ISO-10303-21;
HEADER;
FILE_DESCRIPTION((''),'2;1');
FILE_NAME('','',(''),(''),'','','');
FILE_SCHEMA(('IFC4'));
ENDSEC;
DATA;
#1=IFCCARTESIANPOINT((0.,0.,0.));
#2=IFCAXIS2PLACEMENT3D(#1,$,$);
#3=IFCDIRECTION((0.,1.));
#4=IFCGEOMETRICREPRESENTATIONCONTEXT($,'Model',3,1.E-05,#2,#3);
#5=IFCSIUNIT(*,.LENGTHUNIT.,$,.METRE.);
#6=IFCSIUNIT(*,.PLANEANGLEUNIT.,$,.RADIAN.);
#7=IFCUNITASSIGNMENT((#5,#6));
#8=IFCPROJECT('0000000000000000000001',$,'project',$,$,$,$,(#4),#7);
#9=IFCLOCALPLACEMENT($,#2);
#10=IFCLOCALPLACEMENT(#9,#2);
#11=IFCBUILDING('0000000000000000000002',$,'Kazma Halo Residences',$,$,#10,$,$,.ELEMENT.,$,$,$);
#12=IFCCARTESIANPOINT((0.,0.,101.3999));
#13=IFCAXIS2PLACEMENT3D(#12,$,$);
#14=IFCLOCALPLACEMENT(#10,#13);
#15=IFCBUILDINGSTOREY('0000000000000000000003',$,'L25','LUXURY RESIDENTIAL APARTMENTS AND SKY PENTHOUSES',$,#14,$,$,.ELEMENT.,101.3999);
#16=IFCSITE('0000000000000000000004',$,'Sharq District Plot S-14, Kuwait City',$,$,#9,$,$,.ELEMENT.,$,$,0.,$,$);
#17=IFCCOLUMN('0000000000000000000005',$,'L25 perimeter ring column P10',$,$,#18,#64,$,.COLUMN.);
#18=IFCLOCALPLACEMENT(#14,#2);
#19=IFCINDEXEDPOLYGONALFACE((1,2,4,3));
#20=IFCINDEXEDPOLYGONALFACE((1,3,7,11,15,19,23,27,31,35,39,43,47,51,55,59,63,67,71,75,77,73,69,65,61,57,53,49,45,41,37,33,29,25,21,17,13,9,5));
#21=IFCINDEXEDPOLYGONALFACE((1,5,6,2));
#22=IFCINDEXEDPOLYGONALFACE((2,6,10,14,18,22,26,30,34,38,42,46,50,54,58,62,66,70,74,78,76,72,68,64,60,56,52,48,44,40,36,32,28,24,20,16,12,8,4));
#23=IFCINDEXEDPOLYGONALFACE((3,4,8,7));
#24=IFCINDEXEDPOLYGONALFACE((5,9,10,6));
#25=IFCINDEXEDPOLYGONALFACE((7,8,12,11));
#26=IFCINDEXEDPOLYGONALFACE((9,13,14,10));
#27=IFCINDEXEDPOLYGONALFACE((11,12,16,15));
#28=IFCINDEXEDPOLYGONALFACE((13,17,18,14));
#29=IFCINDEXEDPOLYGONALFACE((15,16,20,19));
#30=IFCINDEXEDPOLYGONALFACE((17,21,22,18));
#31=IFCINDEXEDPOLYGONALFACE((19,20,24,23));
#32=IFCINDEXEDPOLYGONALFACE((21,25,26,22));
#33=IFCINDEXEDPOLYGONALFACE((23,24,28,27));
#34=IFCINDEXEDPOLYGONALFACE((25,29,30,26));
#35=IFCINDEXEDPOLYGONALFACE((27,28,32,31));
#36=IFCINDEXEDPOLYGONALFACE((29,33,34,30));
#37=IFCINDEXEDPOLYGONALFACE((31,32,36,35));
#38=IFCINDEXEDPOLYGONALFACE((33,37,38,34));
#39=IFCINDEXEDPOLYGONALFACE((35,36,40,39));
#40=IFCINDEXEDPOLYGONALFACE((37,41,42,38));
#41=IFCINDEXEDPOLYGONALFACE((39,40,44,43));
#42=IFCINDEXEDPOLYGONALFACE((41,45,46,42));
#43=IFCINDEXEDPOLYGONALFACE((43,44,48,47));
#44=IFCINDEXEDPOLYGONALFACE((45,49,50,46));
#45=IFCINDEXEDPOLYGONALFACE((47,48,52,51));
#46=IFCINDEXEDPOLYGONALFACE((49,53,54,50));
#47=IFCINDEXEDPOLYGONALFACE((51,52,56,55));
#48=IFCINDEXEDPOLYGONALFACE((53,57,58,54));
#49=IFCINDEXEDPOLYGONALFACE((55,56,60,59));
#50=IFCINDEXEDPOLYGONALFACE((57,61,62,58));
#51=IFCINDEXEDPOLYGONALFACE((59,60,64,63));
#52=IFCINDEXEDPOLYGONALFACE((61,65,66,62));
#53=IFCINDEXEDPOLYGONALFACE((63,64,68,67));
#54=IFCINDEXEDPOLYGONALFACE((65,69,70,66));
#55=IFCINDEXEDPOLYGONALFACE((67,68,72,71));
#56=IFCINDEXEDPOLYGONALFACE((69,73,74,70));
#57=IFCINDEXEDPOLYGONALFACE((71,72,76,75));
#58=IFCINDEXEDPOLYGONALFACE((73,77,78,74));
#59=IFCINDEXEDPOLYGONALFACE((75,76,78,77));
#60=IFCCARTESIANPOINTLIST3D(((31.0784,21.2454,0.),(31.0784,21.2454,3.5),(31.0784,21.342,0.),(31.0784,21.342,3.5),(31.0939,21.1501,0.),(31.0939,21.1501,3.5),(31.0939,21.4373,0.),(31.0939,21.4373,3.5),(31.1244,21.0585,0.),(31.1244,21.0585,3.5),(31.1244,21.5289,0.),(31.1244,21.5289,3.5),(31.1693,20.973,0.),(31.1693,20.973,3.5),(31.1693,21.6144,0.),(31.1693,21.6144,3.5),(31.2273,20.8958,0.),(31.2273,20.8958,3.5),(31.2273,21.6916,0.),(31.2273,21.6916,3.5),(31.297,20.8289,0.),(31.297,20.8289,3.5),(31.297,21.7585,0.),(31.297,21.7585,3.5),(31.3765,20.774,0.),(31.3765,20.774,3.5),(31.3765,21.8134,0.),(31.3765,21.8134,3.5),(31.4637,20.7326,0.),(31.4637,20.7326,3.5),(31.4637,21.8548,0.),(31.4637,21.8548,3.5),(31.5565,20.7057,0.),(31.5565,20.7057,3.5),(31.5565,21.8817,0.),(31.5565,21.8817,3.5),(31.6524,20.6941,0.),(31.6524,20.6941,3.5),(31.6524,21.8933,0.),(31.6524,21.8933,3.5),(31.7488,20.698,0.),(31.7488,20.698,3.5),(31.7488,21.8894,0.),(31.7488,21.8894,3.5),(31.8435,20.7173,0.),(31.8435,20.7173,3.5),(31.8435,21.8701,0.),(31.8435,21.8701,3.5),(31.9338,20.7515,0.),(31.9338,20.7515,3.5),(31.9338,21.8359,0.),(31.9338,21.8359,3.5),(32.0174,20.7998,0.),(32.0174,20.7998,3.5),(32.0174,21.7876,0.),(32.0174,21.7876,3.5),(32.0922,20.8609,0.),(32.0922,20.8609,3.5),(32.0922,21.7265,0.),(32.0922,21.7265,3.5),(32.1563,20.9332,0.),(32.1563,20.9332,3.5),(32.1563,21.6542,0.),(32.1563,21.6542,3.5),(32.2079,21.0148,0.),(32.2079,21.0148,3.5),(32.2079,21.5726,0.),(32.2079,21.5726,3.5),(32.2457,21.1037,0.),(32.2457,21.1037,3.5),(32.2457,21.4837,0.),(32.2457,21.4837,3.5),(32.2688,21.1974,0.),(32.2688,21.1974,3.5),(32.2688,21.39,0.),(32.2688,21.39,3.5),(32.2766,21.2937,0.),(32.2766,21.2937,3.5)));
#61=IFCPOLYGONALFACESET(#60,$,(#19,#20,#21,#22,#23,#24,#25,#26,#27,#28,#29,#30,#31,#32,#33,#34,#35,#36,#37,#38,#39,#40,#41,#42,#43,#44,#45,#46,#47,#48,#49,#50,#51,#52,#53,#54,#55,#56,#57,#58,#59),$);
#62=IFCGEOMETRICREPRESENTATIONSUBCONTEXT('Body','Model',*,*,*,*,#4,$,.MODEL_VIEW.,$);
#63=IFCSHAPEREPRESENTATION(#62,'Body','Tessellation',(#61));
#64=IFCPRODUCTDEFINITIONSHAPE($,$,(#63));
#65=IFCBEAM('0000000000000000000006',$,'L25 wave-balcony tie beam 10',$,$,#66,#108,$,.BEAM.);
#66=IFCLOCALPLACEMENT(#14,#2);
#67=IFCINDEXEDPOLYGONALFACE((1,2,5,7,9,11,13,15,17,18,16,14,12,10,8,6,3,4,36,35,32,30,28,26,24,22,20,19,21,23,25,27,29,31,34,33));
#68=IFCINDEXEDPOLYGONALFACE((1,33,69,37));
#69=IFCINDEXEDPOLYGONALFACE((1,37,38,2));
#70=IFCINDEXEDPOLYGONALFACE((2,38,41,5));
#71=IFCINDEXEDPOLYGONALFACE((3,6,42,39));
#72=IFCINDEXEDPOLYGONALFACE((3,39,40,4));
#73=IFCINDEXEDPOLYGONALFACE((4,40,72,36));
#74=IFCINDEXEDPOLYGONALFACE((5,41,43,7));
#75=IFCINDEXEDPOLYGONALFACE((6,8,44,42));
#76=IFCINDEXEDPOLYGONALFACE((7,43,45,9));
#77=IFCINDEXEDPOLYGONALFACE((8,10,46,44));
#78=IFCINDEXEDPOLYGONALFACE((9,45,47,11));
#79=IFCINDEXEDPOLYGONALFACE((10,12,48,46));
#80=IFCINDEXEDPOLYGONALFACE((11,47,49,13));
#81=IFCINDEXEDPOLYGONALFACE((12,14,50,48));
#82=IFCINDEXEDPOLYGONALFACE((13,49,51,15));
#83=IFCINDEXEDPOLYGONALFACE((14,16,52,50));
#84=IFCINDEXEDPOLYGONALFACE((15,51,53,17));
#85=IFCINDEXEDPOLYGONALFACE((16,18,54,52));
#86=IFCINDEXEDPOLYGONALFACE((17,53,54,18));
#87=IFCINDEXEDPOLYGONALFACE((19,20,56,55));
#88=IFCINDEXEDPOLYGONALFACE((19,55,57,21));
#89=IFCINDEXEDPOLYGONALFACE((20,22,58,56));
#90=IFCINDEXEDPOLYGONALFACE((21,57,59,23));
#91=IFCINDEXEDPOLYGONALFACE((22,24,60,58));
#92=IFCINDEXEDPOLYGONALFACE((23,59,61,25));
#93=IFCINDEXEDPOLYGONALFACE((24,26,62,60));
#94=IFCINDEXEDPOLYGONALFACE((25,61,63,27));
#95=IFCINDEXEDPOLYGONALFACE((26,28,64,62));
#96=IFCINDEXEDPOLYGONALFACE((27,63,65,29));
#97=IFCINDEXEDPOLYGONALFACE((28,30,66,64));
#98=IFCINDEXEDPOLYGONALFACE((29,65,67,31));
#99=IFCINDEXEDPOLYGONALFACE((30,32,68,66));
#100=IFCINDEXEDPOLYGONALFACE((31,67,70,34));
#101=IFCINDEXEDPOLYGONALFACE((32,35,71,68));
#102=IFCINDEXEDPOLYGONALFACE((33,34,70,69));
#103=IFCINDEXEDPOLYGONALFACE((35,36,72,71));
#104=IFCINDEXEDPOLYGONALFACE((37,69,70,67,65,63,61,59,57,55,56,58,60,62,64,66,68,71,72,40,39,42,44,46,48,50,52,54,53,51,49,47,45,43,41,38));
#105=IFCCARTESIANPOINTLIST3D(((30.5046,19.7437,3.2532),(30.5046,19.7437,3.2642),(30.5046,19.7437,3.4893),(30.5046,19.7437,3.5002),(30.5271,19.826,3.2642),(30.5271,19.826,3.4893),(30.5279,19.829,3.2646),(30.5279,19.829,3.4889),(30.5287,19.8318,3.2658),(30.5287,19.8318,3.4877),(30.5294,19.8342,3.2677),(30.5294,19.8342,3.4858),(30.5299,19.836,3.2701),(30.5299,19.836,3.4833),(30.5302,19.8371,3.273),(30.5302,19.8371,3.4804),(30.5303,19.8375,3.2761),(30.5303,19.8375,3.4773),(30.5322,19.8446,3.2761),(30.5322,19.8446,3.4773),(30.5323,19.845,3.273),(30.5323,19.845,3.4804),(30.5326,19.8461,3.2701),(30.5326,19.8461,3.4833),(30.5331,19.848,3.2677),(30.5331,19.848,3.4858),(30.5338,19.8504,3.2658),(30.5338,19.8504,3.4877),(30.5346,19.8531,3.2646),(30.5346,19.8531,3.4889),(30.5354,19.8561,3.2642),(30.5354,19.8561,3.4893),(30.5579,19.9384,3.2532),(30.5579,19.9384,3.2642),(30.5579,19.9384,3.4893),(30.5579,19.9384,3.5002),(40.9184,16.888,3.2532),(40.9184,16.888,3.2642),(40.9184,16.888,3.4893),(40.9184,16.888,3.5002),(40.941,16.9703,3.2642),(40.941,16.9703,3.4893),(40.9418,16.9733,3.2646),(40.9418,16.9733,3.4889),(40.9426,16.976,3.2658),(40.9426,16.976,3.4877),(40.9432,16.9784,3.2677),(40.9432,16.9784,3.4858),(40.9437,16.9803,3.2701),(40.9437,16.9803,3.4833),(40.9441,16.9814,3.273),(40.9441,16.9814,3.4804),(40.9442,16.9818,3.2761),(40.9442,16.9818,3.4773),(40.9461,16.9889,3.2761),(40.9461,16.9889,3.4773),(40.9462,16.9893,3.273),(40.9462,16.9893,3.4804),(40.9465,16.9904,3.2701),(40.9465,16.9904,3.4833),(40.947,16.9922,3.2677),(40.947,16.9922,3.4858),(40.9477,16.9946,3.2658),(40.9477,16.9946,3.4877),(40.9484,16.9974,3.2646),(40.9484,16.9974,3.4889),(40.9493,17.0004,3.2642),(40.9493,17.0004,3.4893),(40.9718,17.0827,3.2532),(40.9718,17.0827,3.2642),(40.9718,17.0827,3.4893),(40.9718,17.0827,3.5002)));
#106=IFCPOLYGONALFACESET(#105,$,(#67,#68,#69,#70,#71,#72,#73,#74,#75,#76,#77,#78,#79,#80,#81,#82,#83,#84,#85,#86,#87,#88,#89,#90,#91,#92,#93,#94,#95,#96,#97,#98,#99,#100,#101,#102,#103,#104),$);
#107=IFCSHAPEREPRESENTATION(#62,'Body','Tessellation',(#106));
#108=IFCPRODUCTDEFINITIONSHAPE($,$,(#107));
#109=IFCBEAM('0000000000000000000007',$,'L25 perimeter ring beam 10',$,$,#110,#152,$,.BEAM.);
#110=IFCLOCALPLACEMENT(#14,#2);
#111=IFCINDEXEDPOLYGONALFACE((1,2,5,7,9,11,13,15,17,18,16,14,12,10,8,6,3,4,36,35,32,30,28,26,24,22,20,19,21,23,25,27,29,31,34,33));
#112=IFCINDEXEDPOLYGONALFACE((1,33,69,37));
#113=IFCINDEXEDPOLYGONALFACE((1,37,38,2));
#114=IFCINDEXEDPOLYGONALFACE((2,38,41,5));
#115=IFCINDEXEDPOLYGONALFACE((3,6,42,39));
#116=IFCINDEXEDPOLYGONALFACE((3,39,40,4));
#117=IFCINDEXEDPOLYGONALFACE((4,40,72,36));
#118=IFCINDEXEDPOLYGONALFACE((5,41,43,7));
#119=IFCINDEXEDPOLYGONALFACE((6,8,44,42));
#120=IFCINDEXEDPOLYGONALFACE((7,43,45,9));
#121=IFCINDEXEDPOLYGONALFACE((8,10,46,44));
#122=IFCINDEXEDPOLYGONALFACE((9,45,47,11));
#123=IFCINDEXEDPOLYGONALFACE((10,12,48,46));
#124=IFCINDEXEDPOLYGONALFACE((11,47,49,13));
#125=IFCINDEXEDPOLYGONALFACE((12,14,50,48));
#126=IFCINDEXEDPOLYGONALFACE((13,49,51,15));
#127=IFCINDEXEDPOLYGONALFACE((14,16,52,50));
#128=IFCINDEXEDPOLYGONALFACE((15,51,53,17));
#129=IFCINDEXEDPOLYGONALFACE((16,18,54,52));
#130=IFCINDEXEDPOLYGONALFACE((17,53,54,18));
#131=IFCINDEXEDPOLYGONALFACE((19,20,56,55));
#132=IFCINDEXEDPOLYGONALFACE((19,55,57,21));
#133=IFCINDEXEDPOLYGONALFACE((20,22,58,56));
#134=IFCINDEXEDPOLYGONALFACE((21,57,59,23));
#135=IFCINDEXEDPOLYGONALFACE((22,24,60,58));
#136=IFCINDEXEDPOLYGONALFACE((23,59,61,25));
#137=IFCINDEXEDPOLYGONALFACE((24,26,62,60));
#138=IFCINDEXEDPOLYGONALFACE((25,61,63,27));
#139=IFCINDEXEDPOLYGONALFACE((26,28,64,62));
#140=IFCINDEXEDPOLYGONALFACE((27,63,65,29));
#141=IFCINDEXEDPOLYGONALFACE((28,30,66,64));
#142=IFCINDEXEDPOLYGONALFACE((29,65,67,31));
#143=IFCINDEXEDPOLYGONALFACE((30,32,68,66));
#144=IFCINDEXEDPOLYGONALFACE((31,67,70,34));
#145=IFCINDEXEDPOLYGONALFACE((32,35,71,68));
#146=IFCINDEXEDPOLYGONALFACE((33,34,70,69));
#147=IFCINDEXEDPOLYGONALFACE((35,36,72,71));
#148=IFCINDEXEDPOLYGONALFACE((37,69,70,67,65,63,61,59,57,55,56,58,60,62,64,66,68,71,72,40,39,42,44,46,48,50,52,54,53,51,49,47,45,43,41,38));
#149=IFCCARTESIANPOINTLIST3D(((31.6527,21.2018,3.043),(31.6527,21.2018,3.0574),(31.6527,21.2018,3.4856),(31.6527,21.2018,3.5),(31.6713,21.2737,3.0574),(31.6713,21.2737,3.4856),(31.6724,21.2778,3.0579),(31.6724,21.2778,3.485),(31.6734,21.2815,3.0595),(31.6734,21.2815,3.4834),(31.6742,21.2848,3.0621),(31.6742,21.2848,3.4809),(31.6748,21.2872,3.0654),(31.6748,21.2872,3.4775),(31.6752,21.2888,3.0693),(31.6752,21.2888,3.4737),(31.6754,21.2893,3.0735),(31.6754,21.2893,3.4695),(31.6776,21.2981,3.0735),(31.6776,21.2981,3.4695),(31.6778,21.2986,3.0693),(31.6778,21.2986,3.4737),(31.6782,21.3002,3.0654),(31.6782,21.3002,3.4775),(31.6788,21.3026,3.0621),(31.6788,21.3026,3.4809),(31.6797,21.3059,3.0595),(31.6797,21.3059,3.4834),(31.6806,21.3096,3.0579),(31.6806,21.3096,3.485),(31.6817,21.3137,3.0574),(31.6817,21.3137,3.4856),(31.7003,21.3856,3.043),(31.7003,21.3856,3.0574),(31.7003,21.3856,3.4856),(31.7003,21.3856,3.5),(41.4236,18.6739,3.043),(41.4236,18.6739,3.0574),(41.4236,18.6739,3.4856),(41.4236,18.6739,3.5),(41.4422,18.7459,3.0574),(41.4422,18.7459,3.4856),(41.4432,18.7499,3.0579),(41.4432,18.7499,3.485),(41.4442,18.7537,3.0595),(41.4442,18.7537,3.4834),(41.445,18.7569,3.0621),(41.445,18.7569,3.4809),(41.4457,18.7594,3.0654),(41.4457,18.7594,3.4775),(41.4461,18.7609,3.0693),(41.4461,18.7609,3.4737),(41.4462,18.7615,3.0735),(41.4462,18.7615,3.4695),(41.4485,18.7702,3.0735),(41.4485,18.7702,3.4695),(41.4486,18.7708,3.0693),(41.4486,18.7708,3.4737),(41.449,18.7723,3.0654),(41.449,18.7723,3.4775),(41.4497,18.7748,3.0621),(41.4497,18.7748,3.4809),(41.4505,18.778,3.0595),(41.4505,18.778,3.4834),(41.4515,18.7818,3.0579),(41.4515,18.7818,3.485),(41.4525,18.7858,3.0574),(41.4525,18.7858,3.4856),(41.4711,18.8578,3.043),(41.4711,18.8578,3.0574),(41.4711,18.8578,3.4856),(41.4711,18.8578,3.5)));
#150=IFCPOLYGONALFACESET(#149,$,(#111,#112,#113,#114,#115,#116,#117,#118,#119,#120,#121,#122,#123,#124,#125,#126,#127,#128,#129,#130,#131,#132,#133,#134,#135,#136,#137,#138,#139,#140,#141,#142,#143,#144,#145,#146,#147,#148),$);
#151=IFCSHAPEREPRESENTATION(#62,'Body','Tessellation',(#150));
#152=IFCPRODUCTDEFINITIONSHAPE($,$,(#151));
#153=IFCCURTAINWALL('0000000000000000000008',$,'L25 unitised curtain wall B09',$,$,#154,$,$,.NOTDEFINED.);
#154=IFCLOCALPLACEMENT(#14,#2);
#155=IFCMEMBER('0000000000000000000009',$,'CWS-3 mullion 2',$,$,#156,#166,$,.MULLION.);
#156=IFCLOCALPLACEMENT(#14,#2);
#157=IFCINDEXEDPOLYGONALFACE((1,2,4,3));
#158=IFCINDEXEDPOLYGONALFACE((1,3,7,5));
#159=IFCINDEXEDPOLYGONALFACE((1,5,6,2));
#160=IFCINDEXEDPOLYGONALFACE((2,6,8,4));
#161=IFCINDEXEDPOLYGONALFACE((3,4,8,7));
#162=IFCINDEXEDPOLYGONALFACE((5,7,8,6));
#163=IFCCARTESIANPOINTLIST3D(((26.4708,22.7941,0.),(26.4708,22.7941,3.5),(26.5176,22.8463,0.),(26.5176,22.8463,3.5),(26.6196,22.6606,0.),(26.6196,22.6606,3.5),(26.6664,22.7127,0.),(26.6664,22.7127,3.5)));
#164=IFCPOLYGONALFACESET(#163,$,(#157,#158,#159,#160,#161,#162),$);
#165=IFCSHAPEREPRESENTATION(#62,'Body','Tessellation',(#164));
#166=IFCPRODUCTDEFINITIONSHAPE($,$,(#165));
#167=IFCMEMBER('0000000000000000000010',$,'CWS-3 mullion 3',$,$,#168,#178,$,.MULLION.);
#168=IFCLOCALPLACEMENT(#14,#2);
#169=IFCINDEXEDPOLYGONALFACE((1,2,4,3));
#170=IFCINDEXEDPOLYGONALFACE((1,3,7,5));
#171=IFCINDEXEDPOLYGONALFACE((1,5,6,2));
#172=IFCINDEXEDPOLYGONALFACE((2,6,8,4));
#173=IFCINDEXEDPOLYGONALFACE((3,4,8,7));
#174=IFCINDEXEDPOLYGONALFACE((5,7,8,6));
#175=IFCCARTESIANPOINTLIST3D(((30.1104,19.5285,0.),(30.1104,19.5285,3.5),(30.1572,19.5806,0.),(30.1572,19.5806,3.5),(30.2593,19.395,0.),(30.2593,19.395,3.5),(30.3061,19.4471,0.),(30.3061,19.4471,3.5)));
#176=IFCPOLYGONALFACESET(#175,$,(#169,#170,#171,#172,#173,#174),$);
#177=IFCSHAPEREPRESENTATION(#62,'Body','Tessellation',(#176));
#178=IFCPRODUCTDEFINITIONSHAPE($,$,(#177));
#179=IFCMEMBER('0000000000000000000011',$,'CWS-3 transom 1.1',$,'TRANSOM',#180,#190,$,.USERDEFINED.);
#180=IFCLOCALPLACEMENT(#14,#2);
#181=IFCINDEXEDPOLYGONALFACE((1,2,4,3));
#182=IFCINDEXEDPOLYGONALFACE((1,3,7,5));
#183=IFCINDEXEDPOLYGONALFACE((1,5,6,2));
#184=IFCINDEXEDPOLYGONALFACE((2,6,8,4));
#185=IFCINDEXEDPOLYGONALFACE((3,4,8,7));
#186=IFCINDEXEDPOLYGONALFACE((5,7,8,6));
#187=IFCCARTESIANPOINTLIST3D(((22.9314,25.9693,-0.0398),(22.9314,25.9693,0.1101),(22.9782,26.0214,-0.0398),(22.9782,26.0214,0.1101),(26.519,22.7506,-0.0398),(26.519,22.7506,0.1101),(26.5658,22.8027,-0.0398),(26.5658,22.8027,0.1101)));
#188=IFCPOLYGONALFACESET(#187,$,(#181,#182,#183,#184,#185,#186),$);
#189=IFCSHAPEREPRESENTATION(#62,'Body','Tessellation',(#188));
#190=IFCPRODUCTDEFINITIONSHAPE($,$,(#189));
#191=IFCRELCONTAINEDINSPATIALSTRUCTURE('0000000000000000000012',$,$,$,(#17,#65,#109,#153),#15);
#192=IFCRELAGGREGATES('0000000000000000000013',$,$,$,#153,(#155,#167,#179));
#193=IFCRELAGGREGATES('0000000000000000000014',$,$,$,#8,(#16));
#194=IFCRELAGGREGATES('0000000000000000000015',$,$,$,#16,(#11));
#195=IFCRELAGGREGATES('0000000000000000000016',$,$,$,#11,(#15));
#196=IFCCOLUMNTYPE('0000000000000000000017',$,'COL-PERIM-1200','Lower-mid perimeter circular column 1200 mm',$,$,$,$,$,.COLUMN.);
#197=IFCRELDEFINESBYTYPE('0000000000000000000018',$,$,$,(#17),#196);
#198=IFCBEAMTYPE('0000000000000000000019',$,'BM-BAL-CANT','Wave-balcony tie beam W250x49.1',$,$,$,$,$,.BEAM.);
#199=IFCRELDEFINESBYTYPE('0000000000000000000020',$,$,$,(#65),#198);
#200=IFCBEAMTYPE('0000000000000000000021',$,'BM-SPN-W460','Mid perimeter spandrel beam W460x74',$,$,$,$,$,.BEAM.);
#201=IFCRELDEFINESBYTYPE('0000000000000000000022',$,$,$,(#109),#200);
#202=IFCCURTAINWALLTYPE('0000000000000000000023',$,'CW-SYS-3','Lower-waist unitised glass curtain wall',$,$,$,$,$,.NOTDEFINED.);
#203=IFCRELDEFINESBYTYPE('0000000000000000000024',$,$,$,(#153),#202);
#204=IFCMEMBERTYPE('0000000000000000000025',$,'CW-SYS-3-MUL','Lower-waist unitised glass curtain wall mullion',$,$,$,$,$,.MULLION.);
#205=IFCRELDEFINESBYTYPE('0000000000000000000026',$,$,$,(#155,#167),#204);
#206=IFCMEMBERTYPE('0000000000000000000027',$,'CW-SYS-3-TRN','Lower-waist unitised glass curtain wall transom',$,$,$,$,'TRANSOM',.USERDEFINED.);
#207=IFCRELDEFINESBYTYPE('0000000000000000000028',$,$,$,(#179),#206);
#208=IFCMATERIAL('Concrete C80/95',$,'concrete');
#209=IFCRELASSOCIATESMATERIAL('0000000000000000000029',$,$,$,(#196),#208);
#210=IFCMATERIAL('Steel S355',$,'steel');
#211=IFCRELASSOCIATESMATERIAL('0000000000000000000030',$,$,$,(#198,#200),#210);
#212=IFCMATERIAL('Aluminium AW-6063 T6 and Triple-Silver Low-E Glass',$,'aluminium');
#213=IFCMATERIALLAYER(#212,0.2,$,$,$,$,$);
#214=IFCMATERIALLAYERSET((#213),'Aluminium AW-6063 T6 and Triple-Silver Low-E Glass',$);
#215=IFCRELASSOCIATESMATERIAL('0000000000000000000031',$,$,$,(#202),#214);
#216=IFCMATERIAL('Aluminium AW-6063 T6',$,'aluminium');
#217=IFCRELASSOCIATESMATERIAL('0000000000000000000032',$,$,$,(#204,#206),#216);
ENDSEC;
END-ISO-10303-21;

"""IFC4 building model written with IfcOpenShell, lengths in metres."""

from ifc_helpers import new_model, si_unit, direction, frame, origin, origin_2d, place, context, subcontext, project, spatial, rectangle, circle, i_section, extrude, material, layer, layer_set, material_profile, profile_set, type_object, element, aggregate, save


model = new_model("IFC4")

# Units and contexts
model_context = context("Model", 3, precision=1e-05, world=origin(), true_north=direction((0.0, 1.0)))
body_context = subcontext(model_context, "Body", "Model", "MODEL_VIEW")
ifc_project = project(units=[si_unit("LENGTHUNIT", "METRE"), si_unit("PLANEANGLEUNIT", "RADIAN")], contexts=[model_context])

# Site, building, storey
site_placement = place(None, origin())
site = spatial("IfcSite", under=ifc_project, at=site_placement, Name="Sharq District Plot S-14, Kuwait City", CompositionType="ELEMENT", RefElevation=0.0)
building_placement = place(site_placement, origin())
building = spatial("IfcBuilding", under=site, at=building_placement, Name="Kazma Halo Residences", CompositionType="ELEMENT")
storey_placement = place(building_placement, frame((0.0, 0.0, 101.3999)))
storey = spatial("IfcBuildingStorey", under=building, at=storey_placement, Name="L25", Description="LUXURY RESIDENTIAL APARTMENTS AND SKY PENTHOUSES", CompositionType="ELEMENT", Elevation=101.3999)

# Column
ifc_material_1 = material(Name="Concrete C80/95", Category="concrete")
ifc_material_profile_1 = material_profile(ifc_material_1, circle(Radius=0.6001, at=origin_2d()), Name="CIRC1200")
ifc_profile_set_1 = profile_set([ifc_material_profile_1], Name="Concrete C80/95")
column_type = type_object("IfcColumnType", Name="COL-PERIM-1200", Description="Lower-mid perimeter circular column 1200 mm", PredefinedType="COLUMN", material=ifc_profile_set_1)
column_placement = place(storey_placement, frame((31.6765, 21.2937, 0.0), z_axis=(0.0, 0.0, 1.0), x_axis=(1.0, 0.0, 0.0)))
element("IfcColumn", 1, at=column_placement, inside=storey, type_object=column_type, Name="L25 perimeter ring column P10", PredefinedType="COLUMN", context=body_context, shape_type="SweptSolid", body=[
    extrude(circle(Radius=0.6001, at=origin_2d()), origin(), (0.0, 0.0, 1.0), 3.5),
])

# Beams
ifc_material_2 = material(Name="Steel S355", Category="steel")
ifc_material_profile_2 = material_profile(ifc_material_2, i_section(OverallWidth=0.2019, OverallDepth=0.2471, WebThickness=0.0073, FlangeThickness=0.011, FilletRadius=0.012, at=origin_2d()), Name="W250x49.1")
ifc_profile_set_2 = profile_set([ifc_material_profile_2], Name="Steel S355")
beam_type_1 = type_object("IfcBeamType", Name="BM-BAL-CANT", Description="Wave-balcony tie beam W250x49.1", PredefinedType="BEAM", material=ifc_profile_set_2)
beam_1_placement = place(storey_placement, frame((30.5312, 19.8411, 3.3767), z_axis=(0.964397, -0.26446, 0.0), x_axis=(0.26446, 0.964397, 0.0)))
element("IfcBeam", 2, at=beam_1_placement, inside=storey, type_object=beam_type_1, Name="L25 wave-balcony tie beam 10", PredefinedType="BEAM", context=body_context, shape_type="SweptSolid", body=[
    extrude(i_section(OverallWidth=0.2019, OverallDepth=0.2471, WebThickness=0.0073, FlangeThickness=0.011, FilletRadius=0.012, at=origin_2d()), origin(), (0.0, 0.0, 1.0), 10.7983),
])
ifc_material_profile_3 = material_profile(ifc_material_2, i_section(OverallWidth=0.1899, OverallDepth=0.457, WebThickness=0.009, FlangeThickness=0.0144, FilletRadius=0.0161, at=origin_2d()), Name="W460x74")
ifc_profile_set_3 = profile_set([ifc_material_profile_3], Name="Steel S355")
beam_type_2 = type_object("IfcBeamType", Name="BM-SPN-W460", Description="Mid perimeter spandrel beam W460x74", PredefinedType="BEAM", material=ifc_profile_set_3)
beam_2_placement = place(storey_placement, frame((31.6765, 21.2937, 3.2715), z_axis=(0.968125, -0.250468, 0.0), x_axis=(0.250468, 0.968125, 0.0)))
element("IfcBeam", 3, at=beam_2_placement, inside=storey, type_object=beam_type_2, Name="L25 perimeter ring beam 10", PredefinedType="BEAM", context=body_context, shape_type="SweptSolid", body=[
    extrude(i_section(OverallWidth=0.1899, OverallDepth=0.457, WebThickness=0.009, FlangeThickness=0.0144, FilletRadius=0.0161, at=origin_2d()), origin(), (0.0, 0.0, 1.0), 10.0925),
])

# Curtain wall, members
ifc_material_3 = material(Name="Aluminium AW-6063 T6 and Triple-Silver Low-E Glass", Category="aluminium")
ifc_layer_1 = layer(ifc_material_3, 0.2)
ifc_layer_set_1 = layer_set([ifc_layer_1], Name="Aluminium AW-6063 T6 and Triple-Silver Low-E Glass")
curtain_wall_type = type_object("IfcCurtainWallType", Name="CW-SYS-3", Description="Lower-waist unitised glass curtain wall", PredefinedType="NOTDEFINED", material=ifc_layer_set_1)
curtain_wall_placement = place(storey_placement, origin())
curtain_wall = element("IfcCurtainWall", 4, at=curtain_wall_placement, inside=storey, type_object=curtain_wall_type, Name="L25 unitised curtain wall B09", PredefinedType="NOTDEFINED")
ifc_material_4 = material(Name="Aluminium AW-6063 T6", Category="aluminium")
ifc_material_profile_4 = material_profile(ifc_material_4, rectangle(XDim=0.0701, YDim=0.2, at=origin_2d()), Name="CWM-70x200")
ifc_profile_set_4 = profile_set([ifc_material_profile_4], Name="Aluminium AW-6063 T6")
member_type_1 = type_object("IfcMemberType", Name="CW-SYS-3-MUL", Description="Lower-waist unitised glass curtain wall mullion", PredefinedType="MULLION", material=ifc_profile_set_4)
member_1_placement = place(storey_placement, frame((26.5686, 22.7534, 0.0), z_axis=(0.0, 0.0, 1.0), x_axis=(0.667795, 0.744345, 0.0)))
member_1 = element("IfcMember", 5, at=member_1_placement, type_object=member_type_1, Name="CWS-3 mullion 2", PredefinedType="MULLION", context=body_context, shape_type="SweptSolid", body=[
    extrude(rectangle(XDim=0.0701, YDim=0.2, at=origin_2d()), origin(), (0.0, 0.0, 1.0), 3.5),
])
member_2_placement = place(storey_placement, frame((30.2083, 19.4878, 0.0), z_axis=(0.0, 0.0, 1.0), x_axis=(0.667795, 0.744345, 0.0)))
member_2 = element("IfcMember", 6, at=member_2_placement, type_object=member_type_1, Name="CWS-3 mullion 3", PredefinedType="MULLION", context=body_context, shape_type="SweptSolid", body=[
    extrude(rectangle(XDim=0.0701, YDim=0.2, at=origin_2d()), origin(), (0.0, 0.0, 1.0), 3.5),
])
ifc_material_profile_5 = material_profile(ifc_material_4, rectangle(XDim=0.0701, YDim=0.1499, at=origin_2d()), Name="CWT-70x150")
ifc_profile_set_5 = profile_set([ifc_material_profile_5], Name="Aluminium AW-6063 T6")
member_type_2 = type_object("IfcMemberType", Name="CW-SYS-3-TRN", Description="Lower-waist unitised glass curtain wall transom", ElementType="TRANSOM", PredefinedType="USERDEFINED", material=ifc_profile_set_5)
member_3_placement = place(storey_placement, frame((22.9548, 25.9954, 0.0352), z_axis=(0.744338, -0.667803, 0.0), x_axis=(0.667803, 0.744338, 0.0)))
member_3 = element("IfcMember", 7, at=member_3_placement, type_object=member_type_2, Name="CWS-3 transom 1.1", ObjectType="TRANSOM", PredefinedType="USERDEFINED", context=body_context, shape_type="SweptSolid", body=[
    extrude(rectangle(XDim=0.0701, YDim=0.1499, at=origin_2d()), origin(), (0.0, 0.0, 1.0), 4.8198),
])
aggregate(curtain_wall, [member_1, member_2, member_3])

save(model, "model.ifc")
